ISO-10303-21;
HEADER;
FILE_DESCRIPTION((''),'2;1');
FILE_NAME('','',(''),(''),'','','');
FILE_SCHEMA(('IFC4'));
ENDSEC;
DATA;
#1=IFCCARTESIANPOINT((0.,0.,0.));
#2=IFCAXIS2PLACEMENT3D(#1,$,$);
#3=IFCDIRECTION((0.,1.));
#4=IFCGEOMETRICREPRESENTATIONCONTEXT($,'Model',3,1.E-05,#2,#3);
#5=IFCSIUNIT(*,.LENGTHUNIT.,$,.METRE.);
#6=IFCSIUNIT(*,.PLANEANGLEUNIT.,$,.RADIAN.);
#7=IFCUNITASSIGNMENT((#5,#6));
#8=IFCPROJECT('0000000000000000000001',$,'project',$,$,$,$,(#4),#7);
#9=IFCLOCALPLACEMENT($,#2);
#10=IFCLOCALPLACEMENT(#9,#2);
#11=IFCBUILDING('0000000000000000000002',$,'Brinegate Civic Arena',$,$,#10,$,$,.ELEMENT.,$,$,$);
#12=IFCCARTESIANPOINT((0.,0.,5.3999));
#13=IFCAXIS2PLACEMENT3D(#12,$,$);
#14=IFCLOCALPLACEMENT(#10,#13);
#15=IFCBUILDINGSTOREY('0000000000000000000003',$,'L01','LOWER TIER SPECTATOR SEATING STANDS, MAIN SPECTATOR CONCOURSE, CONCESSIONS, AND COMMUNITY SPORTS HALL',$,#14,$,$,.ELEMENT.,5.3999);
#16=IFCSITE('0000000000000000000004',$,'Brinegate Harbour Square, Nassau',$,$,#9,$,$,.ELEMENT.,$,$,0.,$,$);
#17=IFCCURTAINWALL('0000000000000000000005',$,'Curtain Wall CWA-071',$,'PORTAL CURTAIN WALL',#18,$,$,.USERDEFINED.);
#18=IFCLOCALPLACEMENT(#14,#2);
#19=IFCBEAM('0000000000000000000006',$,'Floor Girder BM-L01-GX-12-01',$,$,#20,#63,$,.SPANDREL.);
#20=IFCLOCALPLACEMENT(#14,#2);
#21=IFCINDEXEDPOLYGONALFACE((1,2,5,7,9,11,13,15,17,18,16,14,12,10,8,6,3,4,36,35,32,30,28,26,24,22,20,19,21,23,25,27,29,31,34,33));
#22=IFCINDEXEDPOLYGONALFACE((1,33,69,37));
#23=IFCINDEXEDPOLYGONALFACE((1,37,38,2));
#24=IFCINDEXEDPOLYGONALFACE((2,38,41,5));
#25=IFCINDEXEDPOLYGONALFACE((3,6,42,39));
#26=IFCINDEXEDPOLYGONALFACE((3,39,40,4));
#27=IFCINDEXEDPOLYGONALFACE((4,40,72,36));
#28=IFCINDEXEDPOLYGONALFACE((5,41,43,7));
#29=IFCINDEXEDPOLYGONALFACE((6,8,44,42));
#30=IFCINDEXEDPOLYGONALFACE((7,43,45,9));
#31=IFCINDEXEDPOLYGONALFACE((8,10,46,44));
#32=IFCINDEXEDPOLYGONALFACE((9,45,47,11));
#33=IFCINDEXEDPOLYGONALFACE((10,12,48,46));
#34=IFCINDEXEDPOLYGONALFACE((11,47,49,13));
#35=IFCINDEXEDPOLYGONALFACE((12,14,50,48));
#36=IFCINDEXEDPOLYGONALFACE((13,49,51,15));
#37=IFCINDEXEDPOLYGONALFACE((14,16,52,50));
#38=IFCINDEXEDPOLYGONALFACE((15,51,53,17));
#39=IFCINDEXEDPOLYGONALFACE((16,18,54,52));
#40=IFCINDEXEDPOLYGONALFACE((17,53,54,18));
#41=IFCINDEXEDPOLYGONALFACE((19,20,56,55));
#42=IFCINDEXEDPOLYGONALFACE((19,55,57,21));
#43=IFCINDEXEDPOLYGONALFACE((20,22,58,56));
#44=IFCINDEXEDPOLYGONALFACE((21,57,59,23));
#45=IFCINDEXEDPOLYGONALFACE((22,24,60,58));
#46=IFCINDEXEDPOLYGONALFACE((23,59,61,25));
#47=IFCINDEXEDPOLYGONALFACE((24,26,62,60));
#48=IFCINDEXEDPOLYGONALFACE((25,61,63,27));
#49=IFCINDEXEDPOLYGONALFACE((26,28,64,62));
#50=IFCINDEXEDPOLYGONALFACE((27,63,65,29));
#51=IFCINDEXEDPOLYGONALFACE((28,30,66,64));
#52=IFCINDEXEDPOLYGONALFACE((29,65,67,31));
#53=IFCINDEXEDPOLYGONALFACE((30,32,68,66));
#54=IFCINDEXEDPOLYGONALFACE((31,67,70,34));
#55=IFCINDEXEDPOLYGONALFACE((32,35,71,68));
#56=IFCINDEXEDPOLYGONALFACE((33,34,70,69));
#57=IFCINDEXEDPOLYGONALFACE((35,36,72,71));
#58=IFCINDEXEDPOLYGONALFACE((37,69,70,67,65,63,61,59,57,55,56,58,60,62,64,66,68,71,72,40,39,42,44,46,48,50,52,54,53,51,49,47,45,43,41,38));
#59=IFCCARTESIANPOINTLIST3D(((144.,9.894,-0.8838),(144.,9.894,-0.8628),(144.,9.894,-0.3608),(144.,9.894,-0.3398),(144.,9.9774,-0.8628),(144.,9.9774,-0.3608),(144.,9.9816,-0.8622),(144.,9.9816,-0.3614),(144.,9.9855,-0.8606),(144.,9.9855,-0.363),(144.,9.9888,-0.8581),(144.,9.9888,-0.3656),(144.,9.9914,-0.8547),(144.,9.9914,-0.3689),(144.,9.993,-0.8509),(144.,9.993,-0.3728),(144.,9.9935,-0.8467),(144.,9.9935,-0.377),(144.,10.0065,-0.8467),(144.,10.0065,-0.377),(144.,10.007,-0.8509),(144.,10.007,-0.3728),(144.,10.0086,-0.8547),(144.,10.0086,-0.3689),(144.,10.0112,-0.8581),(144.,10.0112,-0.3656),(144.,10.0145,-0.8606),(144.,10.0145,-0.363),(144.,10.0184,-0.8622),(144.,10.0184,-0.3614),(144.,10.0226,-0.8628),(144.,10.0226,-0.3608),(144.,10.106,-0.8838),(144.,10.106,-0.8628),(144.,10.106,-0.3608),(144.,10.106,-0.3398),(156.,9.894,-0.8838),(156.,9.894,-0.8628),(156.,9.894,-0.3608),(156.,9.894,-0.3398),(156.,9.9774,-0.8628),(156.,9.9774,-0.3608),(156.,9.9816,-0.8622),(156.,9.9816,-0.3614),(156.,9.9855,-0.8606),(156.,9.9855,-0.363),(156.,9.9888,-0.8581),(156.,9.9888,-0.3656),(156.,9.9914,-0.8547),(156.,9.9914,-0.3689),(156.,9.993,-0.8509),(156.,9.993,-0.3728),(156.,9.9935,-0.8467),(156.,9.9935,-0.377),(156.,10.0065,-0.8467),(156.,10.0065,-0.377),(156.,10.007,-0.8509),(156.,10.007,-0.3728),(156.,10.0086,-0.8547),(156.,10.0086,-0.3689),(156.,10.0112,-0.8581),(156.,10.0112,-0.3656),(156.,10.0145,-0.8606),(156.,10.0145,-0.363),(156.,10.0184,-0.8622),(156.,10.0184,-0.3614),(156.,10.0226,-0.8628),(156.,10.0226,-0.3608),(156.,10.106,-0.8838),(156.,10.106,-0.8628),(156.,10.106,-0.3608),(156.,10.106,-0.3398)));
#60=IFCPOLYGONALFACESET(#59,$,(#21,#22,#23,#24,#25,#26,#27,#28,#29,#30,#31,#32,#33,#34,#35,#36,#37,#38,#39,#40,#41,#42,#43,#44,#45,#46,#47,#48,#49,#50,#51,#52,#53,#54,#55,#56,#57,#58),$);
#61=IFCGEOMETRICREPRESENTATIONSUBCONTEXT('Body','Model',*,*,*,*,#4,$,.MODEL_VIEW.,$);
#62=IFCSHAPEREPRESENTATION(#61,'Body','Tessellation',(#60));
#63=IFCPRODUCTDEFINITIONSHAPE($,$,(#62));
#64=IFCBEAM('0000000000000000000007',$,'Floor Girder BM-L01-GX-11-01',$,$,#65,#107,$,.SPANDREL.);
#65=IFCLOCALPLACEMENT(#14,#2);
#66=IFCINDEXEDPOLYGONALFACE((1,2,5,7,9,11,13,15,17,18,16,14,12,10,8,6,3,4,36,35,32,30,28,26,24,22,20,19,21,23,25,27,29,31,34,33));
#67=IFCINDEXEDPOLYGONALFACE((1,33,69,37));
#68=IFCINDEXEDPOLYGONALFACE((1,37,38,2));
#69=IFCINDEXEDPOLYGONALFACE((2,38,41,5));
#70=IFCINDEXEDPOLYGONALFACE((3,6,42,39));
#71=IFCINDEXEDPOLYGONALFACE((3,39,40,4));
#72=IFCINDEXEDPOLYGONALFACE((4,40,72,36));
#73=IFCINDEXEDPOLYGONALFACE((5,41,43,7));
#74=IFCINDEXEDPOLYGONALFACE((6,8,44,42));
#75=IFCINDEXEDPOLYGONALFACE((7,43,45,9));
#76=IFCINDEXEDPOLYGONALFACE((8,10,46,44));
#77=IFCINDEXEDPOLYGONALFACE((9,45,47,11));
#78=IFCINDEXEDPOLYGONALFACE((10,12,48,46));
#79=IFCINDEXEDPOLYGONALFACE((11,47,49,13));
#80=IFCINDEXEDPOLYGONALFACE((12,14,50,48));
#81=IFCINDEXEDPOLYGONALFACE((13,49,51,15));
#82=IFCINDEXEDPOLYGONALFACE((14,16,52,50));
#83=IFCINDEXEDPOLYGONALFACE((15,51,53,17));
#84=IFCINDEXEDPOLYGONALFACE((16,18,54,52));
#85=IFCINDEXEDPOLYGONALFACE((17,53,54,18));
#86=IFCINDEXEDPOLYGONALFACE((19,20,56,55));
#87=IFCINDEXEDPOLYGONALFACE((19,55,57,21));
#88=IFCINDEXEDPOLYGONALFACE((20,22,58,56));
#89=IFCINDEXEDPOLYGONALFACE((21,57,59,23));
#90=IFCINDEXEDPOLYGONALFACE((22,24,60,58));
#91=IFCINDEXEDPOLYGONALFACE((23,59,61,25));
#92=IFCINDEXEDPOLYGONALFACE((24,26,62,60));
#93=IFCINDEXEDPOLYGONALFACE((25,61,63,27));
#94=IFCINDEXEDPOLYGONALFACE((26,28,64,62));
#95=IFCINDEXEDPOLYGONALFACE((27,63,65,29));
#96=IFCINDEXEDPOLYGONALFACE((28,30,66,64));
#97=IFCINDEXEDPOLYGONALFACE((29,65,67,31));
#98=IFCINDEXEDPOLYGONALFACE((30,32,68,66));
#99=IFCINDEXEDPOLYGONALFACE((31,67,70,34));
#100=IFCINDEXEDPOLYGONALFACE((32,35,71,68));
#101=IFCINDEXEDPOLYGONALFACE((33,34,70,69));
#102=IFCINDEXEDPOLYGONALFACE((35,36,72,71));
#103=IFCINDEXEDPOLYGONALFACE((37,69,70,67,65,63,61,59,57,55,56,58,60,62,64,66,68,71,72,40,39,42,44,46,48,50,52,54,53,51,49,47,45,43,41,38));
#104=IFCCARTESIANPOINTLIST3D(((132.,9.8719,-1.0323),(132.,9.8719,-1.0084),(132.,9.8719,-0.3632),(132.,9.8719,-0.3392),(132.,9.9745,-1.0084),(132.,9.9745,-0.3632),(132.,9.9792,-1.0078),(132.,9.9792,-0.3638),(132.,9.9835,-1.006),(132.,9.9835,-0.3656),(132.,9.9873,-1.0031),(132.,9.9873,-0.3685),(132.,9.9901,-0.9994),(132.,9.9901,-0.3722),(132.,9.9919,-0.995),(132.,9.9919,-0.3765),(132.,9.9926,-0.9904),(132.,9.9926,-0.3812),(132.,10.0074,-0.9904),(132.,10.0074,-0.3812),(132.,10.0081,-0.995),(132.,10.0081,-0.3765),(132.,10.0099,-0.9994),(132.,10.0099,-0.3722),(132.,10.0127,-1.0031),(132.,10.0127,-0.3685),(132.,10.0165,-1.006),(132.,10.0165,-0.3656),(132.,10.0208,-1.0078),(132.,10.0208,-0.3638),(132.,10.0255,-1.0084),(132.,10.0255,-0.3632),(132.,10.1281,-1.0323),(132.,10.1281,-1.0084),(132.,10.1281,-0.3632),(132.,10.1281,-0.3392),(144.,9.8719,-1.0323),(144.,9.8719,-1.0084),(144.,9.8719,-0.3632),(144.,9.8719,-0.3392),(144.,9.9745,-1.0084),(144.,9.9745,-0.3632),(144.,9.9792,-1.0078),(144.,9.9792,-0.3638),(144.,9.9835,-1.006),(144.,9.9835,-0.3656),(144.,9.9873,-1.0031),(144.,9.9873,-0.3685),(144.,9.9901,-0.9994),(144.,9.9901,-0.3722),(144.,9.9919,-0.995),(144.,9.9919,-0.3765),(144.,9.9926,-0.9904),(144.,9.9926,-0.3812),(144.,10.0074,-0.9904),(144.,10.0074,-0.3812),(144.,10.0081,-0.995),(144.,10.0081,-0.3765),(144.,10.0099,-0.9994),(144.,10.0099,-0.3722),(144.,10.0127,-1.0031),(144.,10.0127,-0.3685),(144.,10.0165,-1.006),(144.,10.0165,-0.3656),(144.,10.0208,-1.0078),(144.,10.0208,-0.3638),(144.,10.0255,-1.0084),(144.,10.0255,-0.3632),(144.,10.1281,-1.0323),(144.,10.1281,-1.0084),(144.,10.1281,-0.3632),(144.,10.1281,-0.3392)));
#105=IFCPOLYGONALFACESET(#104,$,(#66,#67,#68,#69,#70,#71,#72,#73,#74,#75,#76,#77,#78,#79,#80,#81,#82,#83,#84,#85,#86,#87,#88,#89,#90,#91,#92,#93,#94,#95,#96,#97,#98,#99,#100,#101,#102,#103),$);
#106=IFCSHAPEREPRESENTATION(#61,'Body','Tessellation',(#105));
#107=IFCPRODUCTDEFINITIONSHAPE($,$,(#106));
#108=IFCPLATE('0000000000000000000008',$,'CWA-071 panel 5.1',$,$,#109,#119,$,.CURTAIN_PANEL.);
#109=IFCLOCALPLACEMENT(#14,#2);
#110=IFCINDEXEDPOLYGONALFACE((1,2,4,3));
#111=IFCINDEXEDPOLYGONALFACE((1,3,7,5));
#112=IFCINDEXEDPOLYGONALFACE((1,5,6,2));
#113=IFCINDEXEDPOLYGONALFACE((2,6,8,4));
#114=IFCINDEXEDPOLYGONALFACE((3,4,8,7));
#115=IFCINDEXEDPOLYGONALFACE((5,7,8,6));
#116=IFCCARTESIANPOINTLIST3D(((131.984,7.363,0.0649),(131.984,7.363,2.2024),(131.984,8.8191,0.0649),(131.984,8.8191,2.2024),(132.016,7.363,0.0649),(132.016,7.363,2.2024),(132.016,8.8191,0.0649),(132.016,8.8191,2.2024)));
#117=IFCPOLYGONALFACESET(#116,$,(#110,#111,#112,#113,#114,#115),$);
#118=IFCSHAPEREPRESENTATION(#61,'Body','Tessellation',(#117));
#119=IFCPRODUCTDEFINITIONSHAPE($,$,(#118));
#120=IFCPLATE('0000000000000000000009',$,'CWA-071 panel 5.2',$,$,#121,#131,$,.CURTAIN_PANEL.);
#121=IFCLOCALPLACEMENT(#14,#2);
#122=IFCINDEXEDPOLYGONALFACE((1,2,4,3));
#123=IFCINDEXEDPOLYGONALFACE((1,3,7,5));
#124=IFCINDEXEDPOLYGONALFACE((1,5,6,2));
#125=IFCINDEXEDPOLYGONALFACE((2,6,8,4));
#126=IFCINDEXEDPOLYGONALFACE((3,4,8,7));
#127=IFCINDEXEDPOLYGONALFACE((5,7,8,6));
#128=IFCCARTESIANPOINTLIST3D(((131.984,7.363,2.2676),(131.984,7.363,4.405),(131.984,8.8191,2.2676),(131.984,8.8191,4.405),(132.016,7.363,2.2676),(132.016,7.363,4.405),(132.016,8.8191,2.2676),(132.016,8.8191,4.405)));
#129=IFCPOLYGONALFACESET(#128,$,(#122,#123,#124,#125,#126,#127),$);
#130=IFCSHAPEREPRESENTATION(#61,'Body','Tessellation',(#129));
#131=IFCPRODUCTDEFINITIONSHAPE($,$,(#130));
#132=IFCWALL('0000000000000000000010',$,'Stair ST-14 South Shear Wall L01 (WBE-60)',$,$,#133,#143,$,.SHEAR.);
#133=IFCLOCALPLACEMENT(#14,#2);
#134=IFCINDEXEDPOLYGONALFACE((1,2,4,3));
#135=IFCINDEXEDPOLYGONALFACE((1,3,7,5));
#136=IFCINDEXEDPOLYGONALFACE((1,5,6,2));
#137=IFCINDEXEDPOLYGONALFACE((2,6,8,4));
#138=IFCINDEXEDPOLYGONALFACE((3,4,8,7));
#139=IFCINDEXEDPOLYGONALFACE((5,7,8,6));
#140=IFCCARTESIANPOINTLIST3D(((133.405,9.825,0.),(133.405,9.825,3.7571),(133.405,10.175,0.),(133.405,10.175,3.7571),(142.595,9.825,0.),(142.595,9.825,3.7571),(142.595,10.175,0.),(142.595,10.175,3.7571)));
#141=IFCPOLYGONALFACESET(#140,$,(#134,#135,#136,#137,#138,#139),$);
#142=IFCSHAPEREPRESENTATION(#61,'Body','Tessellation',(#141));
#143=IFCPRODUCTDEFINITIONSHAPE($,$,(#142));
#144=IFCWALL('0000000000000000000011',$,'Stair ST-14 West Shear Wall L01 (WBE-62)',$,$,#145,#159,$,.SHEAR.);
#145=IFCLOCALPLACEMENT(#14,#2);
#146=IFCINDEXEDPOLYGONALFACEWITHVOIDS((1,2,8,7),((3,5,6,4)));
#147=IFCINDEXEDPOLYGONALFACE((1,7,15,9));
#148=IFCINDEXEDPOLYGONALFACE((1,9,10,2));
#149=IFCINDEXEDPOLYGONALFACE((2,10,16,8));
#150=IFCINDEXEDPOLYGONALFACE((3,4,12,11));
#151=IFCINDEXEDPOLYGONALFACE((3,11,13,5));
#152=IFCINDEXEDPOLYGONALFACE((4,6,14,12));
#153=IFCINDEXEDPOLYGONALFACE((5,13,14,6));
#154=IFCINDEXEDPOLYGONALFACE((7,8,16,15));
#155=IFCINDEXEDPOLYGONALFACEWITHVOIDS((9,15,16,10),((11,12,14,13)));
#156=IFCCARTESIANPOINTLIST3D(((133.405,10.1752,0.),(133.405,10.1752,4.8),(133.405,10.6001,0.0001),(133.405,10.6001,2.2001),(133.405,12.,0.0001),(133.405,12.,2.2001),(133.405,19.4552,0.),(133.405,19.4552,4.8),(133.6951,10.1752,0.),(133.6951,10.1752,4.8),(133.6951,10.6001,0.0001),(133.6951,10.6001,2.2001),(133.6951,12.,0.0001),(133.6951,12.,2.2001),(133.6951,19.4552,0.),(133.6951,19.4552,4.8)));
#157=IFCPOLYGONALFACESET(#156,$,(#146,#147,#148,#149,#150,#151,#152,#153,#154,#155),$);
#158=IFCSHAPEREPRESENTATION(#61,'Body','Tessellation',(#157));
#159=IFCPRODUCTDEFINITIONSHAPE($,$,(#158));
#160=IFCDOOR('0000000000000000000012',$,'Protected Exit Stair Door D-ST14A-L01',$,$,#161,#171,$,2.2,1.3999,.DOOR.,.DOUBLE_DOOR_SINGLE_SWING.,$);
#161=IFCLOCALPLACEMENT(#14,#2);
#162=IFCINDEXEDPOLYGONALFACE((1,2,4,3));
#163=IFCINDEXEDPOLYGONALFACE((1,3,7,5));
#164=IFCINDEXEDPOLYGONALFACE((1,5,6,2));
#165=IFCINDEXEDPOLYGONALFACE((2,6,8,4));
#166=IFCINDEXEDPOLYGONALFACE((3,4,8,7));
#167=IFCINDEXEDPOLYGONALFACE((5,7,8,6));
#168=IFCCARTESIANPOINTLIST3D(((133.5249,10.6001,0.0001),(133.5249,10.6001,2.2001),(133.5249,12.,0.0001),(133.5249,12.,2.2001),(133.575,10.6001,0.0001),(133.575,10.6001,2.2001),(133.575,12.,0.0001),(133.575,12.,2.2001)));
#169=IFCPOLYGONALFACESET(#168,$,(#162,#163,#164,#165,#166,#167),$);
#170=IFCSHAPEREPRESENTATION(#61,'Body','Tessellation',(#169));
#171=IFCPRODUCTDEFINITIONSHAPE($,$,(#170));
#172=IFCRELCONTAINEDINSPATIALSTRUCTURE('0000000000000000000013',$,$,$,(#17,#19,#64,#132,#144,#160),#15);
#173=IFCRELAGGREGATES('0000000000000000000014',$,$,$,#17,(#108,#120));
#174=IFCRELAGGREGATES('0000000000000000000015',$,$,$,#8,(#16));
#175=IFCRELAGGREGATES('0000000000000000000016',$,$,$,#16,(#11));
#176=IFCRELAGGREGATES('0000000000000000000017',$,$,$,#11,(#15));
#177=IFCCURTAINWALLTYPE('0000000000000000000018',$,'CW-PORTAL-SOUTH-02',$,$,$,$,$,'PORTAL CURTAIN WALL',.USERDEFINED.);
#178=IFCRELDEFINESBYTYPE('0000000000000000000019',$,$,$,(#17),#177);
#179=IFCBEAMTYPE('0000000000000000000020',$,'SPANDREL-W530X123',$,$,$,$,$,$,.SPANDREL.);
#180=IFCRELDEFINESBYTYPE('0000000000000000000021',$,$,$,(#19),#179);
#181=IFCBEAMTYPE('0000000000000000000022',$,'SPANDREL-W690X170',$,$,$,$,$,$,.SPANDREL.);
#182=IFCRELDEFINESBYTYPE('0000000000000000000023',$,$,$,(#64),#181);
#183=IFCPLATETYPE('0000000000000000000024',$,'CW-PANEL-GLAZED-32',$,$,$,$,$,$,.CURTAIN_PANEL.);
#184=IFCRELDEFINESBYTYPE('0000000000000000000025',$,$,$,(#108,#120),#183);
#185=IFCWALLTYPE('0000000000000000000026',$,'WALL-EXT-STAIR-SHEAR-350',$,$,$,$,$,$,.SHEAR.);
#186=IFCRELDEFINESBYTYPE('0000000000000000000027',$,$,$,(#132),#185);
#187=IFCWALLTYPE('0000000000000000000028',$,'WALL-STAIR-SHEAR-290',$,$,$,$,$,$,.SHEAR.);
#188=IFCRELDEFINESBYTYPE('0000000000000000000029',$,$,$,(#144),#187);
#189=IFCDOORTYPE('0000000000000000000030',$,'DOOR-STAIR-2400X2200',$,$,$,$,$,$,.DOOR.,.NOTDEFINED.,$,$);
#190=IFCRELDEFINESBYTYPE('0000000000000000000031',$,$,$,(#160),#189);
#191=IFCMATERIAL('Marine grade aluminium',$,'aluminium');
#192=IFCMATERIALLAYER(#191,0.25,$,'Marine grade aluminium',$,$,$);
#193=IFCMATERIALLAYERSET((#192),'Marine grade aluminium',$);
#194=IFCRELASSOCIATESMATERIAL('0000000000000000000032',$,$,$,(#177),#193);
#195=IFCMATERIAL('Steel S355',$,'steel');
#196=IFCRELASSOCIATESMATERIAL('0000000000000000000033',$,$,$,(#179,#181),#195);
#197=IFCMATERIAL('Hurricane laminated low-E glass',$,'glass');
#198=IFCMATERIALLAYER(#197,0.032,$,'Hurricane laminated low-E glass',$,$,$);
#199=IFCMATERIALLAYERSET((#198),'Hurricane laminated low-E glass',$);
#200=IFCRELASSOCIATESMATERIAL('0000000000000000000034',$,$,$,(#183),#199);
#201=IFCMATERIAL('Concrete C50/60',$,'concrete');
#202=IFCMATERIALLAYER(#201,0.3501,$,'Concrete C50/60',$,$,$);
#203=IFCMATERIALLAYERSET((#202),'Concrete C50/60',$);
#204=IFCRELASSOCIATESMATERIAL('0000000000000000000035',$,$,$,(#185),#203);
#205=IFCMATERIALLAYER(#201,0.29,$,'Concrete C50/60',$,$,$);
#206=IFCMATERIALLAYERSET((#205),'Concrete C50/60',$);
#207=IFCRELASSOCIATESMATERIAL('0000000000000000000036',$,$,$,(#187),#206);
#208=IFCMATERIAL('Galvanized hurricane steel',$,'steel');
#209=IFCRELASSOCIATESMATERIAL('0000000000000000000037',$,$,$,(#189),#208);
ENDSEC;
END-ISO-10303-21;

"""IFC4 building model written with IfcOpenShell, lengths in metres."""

from ifc_helpers import new_model, si_unit, direction, frame, frame_2d, origin, origin_2d, place, context, subcontext, project, spatial, rectangle, i_section, extrude, material, layer, layer_set, material_profile, profile_set, type_object, element, fill, aggregate, save


model = new_model("IFC4")

# Units and contexts
model_context = context("Model", 3, precision=1e-05, world=origin(), true_north=direction((0.0, 1.0)))
body_context = subcontext(model_context, "Body", "Model", "MODEL_VIEW")
ifc_project = project(units=[si_unit("LENGTHUNIT", "METRE"), si_unit("PLANEANGLEUNIT", "RADIAN")], contexts=[model_context])

# Site, building, storey
site_placement = place(None, origin())
site = spatial("IfcSite", under=ifc_project, at=site_placement, Name="Brinegate Harbour Square, Nassau", CompositionType="ELEMENT", RefElevation=0.0)
building_placement = place(site_placement, origin())
building = spatial("IfcBuilding", under=site, at=building_placement, Name="Brinegate Civic Arena", CompositionType="ELEMENT")
storey_placement = place(building_placement, frame((0.0, 0.0, 5.3999)))
storey = spatial("IfcBuildingStorey", under=building, at=storey_placement, Name="L01", Description="LOWER TIER SPECTATOR SEATING STANDS, MAIN SPECTATOR CONCOURSE, CONCESSIONS, AND COMMUNITY SPORTS HALL", CompositionType="ELEMENT", Elevation=5.3999)

# Shared definitions
ifc_material_1 = material(Name="Concrete C50/60", Category="concrete")

# Curtain wall
ifc_material_2 = material(Name="Marine grade aluminium", Category="aluminium")
ifc_layer_1 = layer(ifc_material_2, 0.25, Name="Marine grade aluminium")
ifc_layer_set_1 = layer_set([ifc_layer_1], Name="Marine grade aluminium")
curtain_wall_type = type_object("IfcCurtainWallType", Name="CW-PORTAL-SOUTH-02", ElementType="PORTAL CURTAIN WALL", PredefinedType="USERDEFINED", material=ifc_layer_set_1)
curtain_wall_placement = place(storey_placement, origin())
curtain_wall = element("IfcCurtainWall", 1, at=curtain_wall_placement, inside=storey, type_object=curtain_wall_type, Name="Curtain Wall CWA-071", ObjectType="PORTAL CURTAIN WALL", PredefinedType="USERDEFINED")

# Beams
ifc_material_3 = material(Name="Steel S355", Category="steel")
ifc_material_profile_1 = material_profile(ifc_material_3, i_section(OverallWidth=0.2119, OverallDepth=0.5439, WebThickness=0.0129, FlangeThickness=0.021, FilletRadius=0.0161, at=origin_2d()), Name="W530X123")
ifc_profile_set_1 = profile_set([ifc_material_profile_1], Name="Steel S355")
beam_type_1 = type_object("IfcBeamType", Name="SPANDREL-W530X123", PredefinedType="SPANDREL", material=ifc_profile_set_1)
beam_1_placement = place(storey_placement, frame((144.0, 10.0, -0.6118), z_axis=(1.0, 0.0, 0.0), x_axis=(0.0, 1.0, 0.0)))
element("IfcBeam", 2, at=beam_1_placement, inside=storey, type_object=beam_type_1, Name="Floor Girder BM-L01-GX-12-01", PredefinedType="SPANDREL", context=body_context, shape_type="SweptSolid", body=[
    extrude(i_section(OverallWidth=0.2119, OverallDepth=0.5439, WebThickness=0.0129, FlangeThickness=0.021, FilletRadius=0.0161, at=origin_2d()), origin(), (0.0, 0.0, 1.0), 12.0),
])
ifc_material_profile_2 = material_profile(ifc_material_3, i_section(OverallWidth=0.2561, OverallDepth=0.6931, WebThickness=0.0149, FlangeThickness=0.0239, FilletRadius=0.0181, at=origin_2d()), Name="W690X170")
ifc_profile_set_2 = profile_set([ifc_material_profile_2], Name="Steel S355")
beam_type_2 = type_object("IfcBeamType", Name="SPANDREL-W690X170", PredefinedType="SPANDREL", material=ifc_profile_set_2)
beam_2_placement = place(storey_placement, frame((132.0, 10.0, -0.6858), z_axis=(1.0, 0.0, 0.0), x_axis=(0.0, 1.0, 0.0)))
element("IfcBeam", 3, at=beam_2_placement, inside=storey, type_object=beam_type_2, Name="Floor Girder BM-L01-GX-11-01", PredefinedType="SPANDREL", context=body_context, shape_type="SweptSolid", body=[
    extrude(i_section(OverallWidth=0.2561, OverallDepth=0.6931, WebThickness=0.0149, FlangeThickness=0.0239, FilletRadius=0.0181, at=origin_2d()), origin(), (0.0, 0.0, 1.0), 12.0),
])

# Plates
ifc_material_4 = material(Name="Hurricane laminated low-E glass", Category="glass")
ifc_layer_2 = layer(ifc_material_4, 0.032, Name="Hurricane laminated low-E glass")
ifc_layer_set_2 = layer_set([ifc_layer_2], Name="Hurricane laminated low-E glass")
plate_type = type_object("IfcPlateType", Name="CW-PANEL-GLAZED-32", PredefinedType="CURTAIN_PANEL", material=ifc_layer_set_2)
plate_1_placement = place(storey_placement, frame((132.0, 8.0911, 0.0649), z_axis=(0.0, 0.0, 1.0), x_axis=(0.0, 1.0, 0.0)))
plate_1 = element("IfcPlate", 4, at=plate_1_placement, type_object=plate_type, Name="CWA-071 panel 5.1", PredefinedType="CURTAIN_PANEL", context=body_context, shape_type="SweptSolid", body=[
    extrude(rectangle(XDim=1.4561, YDim=0.032, at=origin_2d()), origin(), (0.0, 0.0, 1.0), 2.1375),
])
plate_2_placement = place(storey_placement, frame((132.0, 8.0911, 2.2676), z_axis=(0.0, 0.0, 1.0), x_axis=(0.0, 1.0, 0.0)))
plate_2 = element("IfcPlate", 5, at=plate_2_placement, type_object=plate_type, Name="CWA-071 panel 5.2", PredefinedType="CURTAIN_PANEL", context=body_context, shape_type="SweptSolid", body=[
    extrude(rectangle(XDim=1.4561, YDim=0.032, at=origin_2d()), origin(), (0.0, 0.0, 1.0), 2.1375),
])
aggregate(curtain_wall, [plate_1, plate_2])

# Wall
ifc_layer_3 = layer(ifc_material_1, 0.3501, Name="Concrete C50/60")
ifc_layer_set_3 = layer_set([ifc_layer_3], Name="Concrete C50/60")
wall_type_1 = type_object("IfcWallType", Name="WALL-EXT-STAIR-SHEAR-350", PredefinedType="SHEAR", material=ifc_layer_set_3)
wall_1_placement = place(storey_placement, frame((133.405, 10.0, 0.0), z_axis=(0.0, 0.0, 1.0), x_axis=(1.0, 0.0, 0.0)))
element("IfcWall", 6, at=wall_1_placement, inside=storey, type_object=wall_type_1, Name="Stair ST-14 South Shear Wall L01 (WBE-60)", PredefinedType="SHEAR", context=body_context, shape_type="SweptSolid", body=[
    extrude(rectangle(XDim=9.1899, YDim=0.3501, at=frame_2d((4.595, 0.0))), origin(), (0.0, 0.0, 1.0), 3.7571),
])

# Wall, opening, door
ifc_layer_4 = layer(ifc_material_1, 0.29, Name="Concrete C50/60")
ifc_layer_set_4 = layer_set([ifc_layer_4], Name="Concrete C50/60")
wall_type_2 = type_object("IfcWallType", Name="WALL-STAIR-SHEAR-290", PredefinedType="SHEAR", material=ifc_layer_set_4)
wall_2_placement = place(storey_placement, frame((133.55, 10.175, 0.0), z_axis=(0.0, 0.0, 1.0), x_axis=(0.0, 1.0, 0.0)))
wall_2 = element("IfcWall", 7, at=wall_2_placement, inside=storey, type_object=wall_type_2, Name="Stair ST-14 West Shear Wall L01 (WBE-62)", PredefinedType="SHEAR", context=body_context, shape_type="SweptSolid", body=[
    extrude(rectangle(XDim=9.28, YDim=0.29, at=frame_2d((4.6401, 0.0))), origin(), (0.0, 0.0, 1.0), 4.8),
])
opening_1_placement = place(wall_2_placement, frame((0.425, 0.0, 0.0)))
opening_1 = element("IfcOpeningElement", 8, at=opening_1_placement, cuts=wall_2, PredefinedType="OPENING", context=body_context, shape_type="SweptSolid", body=[
    extrude(rectangle(XDim=1.3999, YDim=2.2, at=frame_2d((0.7, 1.1001))), frame((0.0, 0.155, 0.0), z_axis=(0.0, -1.0, 0.0), x_axis=(1.0, 0.0, 0.0)), (0.0, 0.0, 1.0), 0.3101),
])
ifc_material_5 = material(Name="Galvanized hurricane steel", Category="steel")
door_type_1 = type_object("IfcDoorType", Name="DOOR-STAIR-2400X2200", OperationType="NOTDEFINED", PredefinedType="DOOR", material=ifc_material_5)
door_1_placement = place(opening_1_placement, frame((1.3999, 0.0, 0.0), z_axis=(0.0, 0.0, 1.0), x_axis=(-1.0, 0.0, 0.0)))
door_1 = element("IfcDoor", 9, at=door_1_placement, inside=storey, type_object=door_type_1, Name="Protected Exit Stair Door D-ST14A-L01", OperationType="DOUBLE_DOOR_SINGLE_SWING", OverallHeight=2.2, OverallWidth=1.3999, PredefinedType="DOOR", context=body_context, shape_type="SweptSolid", body=[
    extrude(rectangle(XDim=1.3999, YDim=2.2, at=frame_2d((0.7, 1.1001))), frame((0.0, 0.0249, 0.0), z_axis=(0.0, -1.0, 0.0), x_axis=(1.0, 0.0, 0.0)), (0.0, 0.0, 1.0), 0.05),
])
fill(opening_1, door_1)

save(model, "model.ifc")
